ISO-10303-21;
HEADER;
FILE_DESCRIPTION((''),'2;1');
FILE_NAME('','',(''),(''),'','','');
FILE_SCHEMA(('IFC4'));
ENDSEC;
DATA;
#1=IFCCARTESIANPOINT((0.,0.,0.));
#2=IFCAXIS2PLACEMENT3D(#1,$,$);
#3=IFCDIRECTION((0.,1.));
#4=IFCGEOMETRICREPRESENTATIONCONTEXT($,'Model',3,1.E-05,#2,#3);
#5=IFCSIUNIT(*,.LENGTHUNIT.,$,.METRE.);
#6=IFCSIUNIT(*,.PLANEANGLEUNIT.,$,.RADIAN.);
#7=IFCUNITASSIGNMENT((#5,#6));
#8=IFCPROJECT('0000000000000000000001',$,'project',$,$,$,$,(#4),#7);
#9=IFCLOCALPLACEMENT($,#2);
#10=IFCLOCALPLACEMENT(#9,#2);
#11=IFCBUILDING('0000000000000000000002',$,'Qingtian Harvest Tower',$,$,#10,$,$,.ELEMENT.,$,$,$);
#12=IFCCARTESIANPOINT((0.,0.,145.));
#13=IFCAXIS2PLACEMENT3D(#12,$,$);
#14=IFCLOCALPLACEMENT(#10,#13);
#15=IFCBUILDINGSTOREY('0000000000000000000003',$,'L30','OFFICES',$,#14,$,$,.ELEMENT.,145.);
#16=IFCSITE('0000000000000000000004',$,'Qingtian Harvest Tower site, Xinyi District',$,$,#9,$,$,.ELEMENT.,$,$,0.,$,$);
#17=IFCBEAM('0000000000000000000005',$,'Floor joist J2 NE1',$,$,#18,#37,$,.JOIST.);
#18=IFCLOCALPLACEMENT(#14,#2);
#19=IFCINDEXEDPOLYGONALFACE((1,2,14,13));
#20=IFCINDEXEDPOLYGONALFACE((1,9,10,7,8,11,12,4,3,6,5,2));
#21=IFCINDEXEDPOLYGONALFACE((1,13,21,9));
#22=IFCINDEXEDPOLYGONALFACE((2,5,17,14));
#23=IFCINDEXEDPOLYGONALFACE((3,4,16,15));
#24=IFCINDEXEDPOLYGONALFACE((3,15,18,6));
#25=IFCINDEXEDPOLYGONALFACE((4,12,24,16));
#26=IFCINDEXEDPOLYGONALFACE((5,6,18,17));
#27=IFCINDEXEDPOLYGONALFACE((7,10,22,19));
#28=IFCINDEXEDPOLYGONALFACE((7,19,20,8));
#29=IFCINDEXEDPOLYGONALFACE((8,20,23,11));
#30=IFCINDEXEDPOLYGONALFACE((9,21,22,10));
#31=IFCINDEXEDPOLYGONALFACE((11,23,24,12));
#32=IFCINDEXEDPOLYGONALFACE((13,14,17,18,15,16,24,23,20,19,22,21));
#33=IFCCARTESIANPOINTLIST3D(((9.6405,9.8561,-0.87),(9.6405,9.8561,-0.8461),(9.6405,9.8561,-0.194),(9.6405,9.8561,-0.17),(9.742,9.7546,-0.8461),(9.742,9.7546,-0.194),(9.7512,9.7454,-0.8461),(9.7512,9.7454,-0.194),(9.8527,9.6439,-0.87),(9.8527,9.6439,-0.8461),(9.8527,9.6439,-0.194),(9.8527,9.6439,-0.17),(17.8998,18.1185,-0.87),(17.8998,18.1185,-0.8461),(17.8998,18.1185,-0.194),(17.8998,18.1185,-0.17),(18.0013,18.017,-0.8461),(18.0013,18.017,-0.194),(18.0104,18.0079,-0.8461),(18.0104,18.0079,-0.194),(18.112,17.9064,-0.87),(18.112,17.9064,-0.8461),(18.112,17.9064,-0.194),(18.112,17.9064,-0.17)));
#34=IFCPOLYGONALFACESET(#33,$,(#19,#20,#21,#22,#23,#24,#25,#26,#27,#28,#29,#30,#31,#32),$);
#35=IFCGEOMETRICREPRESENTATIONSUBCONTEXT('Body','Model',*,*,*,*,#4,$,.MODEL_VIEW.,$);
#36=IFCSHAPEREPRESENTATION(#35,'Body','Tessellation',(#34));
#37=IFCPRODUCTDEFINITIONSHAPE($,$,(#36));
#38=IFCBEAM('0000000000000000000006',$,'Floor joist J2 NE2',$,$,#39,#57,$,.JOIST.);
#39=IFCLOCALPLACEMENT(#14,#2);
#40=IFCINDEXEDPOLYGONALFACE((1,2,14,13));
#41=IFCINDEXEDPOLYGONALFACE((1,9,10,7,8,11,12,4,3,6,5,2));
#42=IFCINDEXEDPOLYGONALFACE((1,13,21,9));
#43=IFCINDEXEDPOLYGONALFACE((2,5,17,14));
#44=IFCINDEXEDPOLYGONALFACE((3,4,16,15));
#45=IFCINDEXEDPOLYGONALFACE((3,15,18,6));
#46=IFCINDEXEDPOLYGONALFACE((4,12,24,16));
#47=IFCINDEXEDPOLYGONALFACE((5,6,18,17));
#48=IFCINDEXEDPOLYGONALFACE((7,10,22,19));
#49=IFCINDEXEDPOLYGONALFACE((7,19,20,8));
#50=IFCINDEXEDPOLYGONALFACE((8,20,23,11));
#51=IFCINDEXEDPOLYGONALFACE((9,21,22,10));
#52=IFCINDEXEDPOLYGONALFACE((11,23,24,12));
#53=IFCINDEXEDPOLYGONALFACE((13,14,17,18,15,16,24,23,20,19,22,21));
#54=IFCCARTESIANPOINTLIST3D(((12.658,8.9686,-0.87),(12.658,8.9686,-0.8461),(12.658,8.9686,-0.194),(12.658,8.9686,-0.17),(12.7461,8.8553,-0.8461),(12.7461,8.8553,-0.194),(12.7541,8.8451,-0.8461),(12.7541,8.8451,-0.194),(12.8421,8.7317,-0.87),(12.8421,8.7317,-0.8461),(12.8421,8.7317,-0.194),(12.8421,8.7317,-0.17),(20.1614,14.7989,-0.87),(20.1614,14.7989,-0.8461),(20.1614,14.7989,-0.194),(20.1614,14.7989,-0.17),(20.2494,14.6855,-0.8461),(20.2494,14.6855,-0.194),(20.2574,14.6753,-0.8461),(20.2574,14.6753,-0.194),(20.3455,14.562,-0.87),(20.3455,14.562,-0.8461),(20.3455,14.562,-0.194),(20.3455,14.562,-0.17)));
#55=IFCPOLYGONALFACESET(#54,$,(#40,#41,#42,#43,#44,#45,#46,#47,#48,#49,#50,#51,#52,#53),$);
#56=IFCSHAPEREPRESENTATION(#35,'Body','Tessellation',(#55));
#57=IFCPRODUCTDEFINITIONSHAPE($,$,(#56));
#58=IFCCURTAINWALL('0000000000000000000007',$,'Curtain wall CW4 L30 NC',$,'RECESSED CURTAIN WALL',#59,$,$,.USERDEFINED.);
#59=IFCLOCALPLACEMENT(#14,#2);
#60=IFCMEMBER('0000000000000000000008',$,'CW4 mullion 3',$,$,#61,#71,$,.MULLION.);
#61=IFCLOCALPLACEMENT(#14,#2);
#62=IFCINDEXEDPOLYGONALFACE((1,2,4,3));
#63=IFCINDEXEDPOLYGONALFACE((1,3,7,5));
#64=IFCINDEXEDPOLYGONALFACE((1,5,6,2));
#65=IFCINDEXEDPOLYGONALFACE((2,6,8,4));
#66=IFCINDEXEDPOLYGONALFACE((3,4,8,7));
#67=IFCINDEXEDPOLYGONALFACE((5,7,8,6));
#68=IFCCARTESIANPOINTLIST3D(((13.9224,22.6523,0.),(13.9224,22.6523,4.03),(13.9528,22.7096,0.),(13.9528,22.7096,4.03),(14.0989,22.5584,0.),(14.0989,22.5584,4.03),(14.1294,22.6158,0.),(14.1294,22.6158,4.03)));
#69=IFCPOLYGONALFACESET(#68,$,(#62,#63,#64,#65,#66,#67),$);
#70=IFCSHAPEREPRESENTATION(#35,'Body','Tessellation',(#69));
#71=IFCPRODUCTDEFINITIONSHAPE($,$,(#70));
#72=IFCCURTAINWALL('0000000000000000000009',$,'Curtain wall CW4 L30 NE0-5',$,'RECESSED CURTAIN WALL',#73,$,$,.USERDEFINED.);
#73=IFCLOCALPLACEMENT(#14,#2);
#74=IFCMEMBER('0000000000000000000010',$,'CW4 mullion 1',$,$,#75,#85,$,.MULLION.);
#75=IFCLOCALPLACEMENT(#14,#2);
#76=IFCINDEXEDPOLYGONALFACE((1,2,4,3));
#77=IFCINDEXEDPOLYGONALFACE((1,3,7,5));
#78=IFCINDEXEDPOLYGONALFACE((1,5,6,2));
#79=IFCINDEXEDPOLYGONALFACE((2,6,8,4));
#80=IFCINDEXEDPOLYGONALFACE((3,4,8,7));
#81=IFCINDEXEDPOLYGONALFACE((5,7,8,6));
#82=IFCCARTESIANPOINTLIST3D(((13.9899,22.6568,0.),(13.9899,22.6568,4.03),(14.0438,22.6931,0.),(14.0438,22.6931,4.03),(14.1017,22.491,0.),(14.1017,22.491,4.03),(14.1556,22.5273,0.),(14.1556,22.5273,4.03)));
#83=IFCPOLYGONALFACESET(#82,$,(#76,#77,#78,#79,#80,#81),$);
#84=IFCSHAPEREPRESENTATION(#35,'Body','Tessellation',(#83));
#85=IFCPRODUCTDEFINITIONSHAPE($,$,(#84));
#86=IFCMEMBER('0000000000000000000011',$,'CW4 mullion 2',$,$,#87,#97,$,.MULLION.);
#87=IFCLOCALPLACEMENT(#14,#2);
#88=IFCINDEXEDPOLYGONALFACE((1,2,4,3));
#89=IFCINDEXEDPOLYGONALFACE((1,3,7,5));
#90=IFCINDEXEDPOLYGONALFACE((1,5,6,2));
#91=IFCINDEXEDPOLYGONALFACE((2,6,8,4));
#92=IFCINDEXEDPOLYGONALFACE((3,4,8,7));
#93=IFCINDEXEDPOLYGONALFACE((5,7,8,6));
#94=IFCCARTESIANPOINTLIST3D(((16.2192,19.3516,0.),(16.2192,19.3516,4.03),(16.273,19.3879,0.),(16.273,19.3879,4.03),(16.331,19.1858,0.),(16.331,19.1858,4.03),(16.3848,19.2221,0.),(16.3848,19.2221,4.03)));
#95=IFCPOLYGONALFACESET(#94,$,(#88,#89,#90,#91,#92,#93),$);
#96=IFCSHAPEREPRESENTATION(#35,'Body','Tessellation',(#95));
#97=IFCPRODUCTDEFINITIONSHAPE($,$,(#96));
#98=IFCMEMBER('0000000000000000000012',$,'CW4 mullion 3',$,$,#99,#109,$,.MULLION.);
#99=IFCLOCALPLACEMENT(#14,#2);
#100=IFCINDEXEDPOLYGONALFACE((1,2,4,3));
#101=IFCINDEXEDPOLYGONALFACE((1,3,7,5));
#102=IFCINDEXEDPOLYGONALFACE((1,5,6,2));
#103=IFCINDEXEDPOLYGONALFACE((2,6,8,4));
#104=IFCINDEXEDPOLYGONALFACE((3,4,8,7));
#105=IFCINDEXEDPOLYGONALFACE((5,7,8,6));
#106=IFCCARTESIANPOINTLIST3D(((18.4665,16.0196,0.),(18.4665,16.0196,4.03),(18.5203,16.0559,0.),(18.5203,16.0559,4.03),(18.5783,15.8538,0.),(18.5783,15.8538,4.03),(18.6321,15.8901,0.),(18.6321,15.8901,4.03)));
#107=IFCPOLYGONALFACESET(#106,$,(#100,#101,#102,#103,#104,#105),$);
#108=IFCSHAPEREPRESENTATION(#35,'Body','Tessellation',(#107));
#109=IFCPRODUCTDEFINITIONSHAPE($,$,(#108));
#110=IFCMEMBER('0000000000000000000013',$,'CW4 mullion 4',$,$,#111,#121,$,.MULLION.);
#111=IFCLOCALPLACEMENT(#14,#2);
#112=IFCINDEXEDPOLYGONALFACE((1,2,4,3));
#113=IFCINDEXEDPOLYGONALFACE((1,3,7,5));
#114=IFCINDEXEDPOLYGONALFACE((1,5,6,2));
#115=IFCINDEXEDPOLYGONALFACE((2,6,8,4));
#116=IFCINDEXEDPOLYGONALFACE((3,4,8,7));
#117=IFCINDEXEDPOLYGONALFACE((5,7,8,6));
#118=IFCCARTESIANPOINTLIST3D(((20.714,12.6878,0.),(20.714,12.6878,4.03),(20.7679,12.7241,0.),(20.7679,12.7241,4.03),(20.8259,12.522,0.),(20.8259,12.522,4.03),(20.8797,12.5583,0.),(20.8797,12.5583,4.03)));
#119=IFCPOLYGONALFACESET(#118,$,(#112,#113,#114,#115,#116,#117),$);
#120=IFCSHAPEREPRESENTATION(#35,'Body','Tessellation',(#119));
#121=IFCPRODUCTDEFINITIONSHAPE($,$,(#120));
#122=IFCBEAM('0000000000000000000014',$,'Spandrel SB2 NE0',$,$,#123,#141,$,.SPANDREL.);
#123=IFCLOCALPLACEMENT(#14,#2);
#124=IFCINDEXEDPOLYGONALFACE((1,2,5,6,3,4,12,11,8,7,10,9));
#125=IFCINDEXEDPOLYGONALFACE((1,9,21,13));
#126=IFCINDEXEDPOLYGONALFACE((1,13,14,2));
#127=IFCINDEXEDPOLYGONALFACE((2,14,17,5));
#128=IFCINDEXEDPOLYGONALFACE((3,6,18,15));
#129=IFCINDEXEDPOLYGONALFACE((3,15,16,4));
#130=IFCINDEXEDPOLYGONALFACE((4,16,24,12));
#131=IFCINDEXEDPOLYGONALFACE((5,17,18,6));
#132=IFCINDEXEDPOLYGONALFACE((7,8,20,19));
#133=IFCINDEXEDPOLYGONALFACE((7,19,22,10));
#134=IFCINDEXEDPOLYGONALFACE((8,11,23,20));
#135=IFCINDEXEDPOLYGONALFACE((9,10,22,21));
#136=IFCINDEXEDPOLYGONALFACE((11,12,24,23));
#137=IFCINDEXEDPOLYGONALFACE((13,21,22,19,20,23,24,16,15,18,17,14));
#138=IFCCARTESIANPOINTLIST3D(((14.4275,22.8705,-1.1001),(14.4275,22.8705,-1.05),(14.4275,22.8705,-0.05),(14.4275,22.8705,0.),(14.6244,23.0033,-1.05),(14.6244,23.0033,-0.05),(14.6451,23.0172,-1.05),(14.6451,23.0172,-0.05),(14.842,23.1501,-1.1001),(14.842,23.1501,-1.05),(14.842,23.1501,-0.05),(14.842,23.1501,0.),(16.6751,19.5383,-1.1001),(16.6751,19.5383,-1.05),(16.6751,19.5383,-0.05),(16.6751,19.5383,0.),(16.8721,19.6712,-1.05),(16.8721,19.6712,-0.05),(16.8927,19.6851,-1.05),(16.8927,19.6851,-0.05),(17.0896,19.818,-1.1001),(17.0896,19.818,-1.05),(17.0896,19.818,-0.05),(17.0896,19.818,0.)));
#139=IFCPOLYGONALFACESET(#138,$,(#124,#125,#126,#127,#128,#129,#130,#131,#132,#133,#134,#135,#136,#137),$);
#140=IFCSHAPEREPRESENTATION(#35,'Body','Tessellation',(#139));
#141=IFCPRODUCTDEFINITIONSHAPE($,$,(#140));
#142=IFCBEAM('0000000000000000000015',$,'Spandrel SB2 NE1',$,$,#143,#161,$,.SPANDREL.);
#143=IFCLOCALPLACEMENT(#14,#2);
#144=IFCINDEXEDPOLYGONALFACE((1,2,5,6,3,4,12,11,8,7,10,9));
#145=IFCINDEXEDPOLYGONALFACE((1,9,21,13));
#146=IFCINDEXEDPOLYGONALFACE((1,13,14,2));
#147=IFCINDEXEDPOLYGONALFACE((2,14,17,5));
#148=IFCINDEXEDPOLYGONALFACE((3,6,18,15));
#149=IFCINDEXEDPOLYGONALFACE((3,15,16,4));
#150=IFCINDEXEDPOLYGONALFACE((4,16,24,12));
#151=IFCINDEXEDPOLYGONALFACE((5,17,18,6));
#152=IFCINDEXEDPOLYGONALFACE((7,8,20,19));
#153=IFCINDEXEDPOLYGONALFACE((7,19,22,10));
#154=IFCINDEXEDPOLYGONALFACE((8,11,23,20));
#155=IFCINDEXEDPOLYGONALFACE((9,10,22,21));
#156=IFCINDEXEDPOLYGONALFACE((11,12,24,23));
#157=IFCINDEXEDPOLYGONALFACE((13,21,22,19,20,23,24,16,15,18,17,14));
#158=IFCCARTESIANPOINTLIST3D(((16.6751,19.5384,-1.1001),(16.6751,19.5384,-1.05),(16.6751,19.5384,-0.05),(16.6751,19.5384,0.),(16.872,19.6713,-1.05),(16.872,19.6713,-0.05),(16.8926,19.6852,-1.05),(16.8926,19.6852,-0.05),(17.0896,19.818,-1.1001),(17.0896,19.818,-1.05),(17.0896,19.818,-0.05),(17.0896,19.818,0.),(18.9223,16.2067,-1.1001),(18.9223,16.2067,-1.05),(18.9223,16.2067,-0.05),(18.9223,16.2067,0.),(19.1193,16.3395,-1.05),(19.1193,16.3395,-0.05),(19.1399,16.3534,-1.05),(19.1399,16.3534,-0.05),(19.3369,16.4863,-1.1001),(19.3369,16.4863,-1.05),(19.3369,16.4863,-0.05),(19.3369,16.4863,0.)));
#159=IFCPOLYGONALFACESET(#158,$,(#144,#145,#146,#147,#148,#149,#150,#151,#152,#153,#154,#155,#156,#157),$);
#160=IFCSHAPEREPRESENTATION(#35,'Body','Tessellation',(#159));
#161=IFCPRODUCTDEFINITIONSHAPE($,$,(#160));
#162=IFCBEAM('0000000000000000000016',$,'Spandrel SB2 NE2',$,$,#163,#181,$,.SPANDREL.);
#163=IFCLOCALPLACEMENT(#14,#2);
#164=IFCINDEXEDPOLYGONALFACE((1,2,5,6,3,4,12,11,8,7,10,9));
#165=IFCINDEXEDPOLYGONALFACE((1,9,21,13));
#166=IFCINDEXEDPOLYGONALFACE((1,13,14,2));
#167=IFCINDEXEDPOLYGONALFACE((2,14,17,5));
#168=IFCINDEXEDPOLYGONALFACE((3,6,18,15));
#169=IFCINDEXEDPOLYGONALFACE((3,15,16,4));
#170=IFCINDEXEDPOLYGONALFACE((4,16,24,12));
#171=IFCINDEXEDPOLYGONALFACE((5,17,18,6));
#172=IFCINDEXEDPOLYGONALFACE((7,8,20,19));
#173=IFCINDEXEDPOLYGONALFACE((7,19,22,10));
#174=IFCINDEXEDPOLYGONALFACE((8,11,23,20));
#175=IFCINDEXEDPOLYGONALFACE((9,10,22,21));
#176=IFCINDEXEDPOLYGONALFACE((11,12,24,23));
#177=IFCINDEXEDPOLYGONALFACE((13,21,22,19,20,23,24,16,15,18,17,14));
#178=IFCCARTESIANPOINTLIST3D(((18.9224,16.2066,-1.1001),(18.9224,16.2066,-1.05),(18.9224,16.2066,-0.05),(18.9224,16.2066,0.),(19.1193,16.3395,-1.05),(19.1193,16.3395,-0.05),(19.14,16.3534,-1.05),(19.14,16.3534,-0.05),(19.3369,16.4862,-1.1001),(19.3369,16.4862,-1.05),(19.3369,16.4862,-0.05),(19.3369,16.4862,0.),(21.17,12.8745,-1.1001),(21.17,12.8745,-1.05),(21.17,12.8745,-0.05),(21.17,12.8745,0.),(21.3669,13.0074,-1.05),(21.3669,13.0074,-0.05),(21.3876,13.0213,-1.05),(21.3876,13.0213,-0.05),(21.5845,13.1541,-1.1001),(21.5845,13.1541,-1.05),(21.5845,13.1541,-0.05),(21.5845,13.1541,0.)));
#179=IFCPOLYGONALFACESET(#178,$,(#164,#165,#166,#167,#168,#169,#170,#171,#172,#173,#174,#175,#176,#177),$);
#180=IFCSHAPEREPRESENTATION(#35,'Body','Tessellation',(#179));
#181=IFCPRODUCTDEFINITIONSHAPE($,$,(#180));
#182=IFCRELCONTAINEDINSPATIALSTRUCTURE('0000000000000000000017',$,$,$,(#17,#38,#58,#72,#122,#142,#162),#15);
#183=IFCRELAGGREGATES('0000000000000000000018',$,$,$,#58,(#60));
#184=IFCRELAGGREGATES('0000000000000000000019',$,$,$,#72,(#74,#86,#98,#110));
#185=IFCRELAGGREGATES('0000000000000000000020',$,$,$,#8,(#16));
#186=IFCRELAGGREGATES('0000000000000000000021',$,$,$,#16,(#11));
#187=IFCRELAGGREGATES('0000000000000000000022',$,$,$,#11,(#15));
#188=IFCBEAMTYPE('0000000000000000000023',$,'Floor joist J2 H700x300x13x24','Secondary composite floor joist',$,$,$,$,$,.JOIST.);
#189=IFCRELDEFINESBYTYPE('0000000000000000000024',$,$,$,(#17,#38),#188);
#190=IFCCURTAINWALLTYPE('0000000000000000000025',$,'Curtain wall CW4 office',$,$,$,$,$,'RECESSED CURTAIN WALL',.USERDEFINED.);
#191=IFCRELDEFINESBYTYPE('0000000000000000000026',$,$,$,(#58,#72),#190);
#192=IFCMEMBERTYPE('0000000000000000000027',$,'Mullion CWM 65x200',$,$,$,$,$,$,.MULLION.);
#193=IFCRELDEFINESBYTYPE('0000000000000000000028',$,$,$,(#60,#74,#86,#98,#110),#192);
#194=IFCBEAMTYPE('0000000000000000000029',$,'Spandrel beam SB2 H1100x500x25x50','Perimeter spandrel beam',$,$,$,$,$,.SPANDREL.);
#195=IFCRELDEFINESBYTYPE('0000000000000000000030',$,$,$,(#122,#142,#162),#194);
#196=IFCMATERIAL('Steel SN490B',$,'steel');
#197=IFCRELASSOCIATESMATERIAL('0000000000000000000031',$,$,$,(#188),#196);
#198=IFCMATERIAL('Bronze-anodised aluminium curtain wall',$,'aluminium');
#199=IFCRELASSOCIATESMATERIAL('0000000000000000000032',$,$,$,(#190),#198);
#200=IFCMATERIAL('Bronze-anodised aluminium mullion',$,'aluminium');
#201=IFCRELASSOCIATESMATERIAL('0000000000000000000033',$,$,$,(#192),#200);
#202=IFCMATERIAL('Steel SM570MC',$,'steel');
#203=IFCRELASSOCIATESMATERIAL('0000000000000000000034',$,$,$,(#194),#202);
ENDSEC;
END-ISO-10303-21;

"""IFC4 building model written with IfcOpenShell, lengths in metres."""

from ifc_helpers import new_model, si_unit, direction, frame, origin, origin_2d, place, context, subcontext, project, spatial, rectangle, i_section, extrude, material, material_profile, profile_set, type_object, element, aggregate, save


model = new_model("IFC4")

# Units and contexts
model_context = context("Model", 3, precision=1e-05, world=origin(), true_north=direction((0.0, 1.0)))
body_context = subcontext(model_context, "Body", "Model", "MODEL_VIEW")
ifc_project = project(units=[si_unit("LENGTHUNIT", "METRE"), si_unit("PLANEANGLEUNIT", "RADIAN")], contexts=[model_context])

# Site, building, storey
site_placement = place(None, origin())
site = spatial("IfcSite", under=ifc_project, at=site_placement, Name="Qingtian Harvest Tower site, Xinyi District", CompositionType="ELEMENT", RefElevation=0.0)
building_placement = place(site_placement, origin())
building = spatial("IfcBuilding", under=site, at=building_placement, Name="Qingtian Harvest Tower", CompositionType="ELEMENT")
storey_placement = place(building_placement, frame((0.0, 0.0, 145.0)))
storey = spatial("IfcBuildingStorey", under=building, at=storey_placement, Name="L30", Description="OFFICES", CompositionType="ELEMENT", Elevation=145.0)

# Beams
ifc_material_1 = material(Name="Steel SN490B", Category="steel")
ifc_material_profile_1 = material_profile(ifc_material_1, i_section(OverallWidth=0.3, OverallDepth=0.7, WebThickness=0.0129, FlangeThickness=0.0239, at=origin_2d()), Name="H700x300x13x24")
ifc_profile_set_1 = profile_set([ifc_material_profile_1], Name="Steel SN490B")
beam_type_1 = type_object("IfcBeamType", Name="Floor joist J2 H700x300x13x24", Description="Secondary composite floor joist", PredefinedType="JOIST", material=ifc_profile_set_1)
beam_1_placement = place(storey_placement, frame((18.0059, 18.0125, -0.52), z_axis=(-0.706971, -0.707243, 0.0), x_axis=(0.707243, -0.706971, 0.0)))
element("IfcBeam", 1, at=beam_1_placement, inside=storey, type_object=beam_type_1, Name="Floor joist J2 NE1", PredefinedType="JOIST", context=body_context, shape_type="SweptSolid", body=[
    extrude(i_section(OverallWidth=0.3, OverallDepth=0.7, WebThickness=0.0129, FlangeThickness=0.0239, at=origin_2d()), origin(), (0.0, 0.0, 1.0), 11.6826),
])
beam_2_placement = place(storey_placement, frame((20.2534, 14.6804, -0.52), z_axis=(-0.789641, -0.613569, 0.0), x_axis=(0.613569, -0.789641, 0.0)))
element("IfcBeam", 2, at=beam_2_placement, inside=storey, type_object=beam_type_1, Name="Floor joist J2 NE2", PredefinedType="JOIST", context=body_context, shape_type="SweptSolid", body=[
    extrude(i_section(OverallWidth=0.3, OverallDepth=0.7, WebThickness=0.0129, FlangeThickness=0.0239, at=origin_2d()), origin(), (0.0, 0.0, 1.0), 9.5022),
])

# Curtain wall, member
ifc_material_2 = material(Name="Bronze-anodised aluminium curtain wall", Category="aluminium")
curtain_wall_type = type_object("IfcCurtainWallType", Name="Curtain wall CW4 office", ElementType="RECESSED CURTAIN WALL", PredefinedType="USERDEFINED", material=ifc_material_2)
curtain_wall_1_placement = place(storey_placement, origin())
curtain_wall_1 = element("IfcCurtainWall", 3, at=curtain_wall_1_placement, inside=storey, type_object=curtain_wall_type, Name="Curtain wall CW4 L30 NC", ObjectType="RECESSED CURTAIN WALL", PredefinedType="USERDEFINED")
ifc_material_3 = material(Name="Bronze-anodised aluminium mullion", Category="aluminium")
ifc_material_profile_2 = material_profile(ifc_material_3, rectangle(XDim=0.0649, YDim=0.2, at=origin_2d()), Name="AL 65x200")
ifc_profile_set_2 = profile_set([ifc_material_profile_2], Name="Bronze-anodised aluminium mullion")
member_type_1 = type_object("IfcMemberType", Name="Mullion CWM 65x200", PredefinedType="MULLION", material=ifc_profile_set_2)
member_1_placement = place(storey_placement, frame((14.0259, 22.634, 0.0), z_axis=(0.0, 0.0, 1.0), x_axis=(0.469472, 0.882948, 0.0)))
member_1 = element("IfcMember", 4, at=member_1_placement, type_object=member_type_1, Name="CW4 mullion 3", PredefinedType="MULLION", context=body_context, shape_type="SweptSolid", body=[
    extrude(rectangle(XDim=0.0649, YDim=0.2, at=origin_2d()), origin(), (0.0, 0.0, 1.0), 4.03),
])

# Curtain wall, members
curtain_wall_2_placement = place(storey_placement, origin())
curtain_wall_2 = element("IfcCurtainWall", 5, at=curtain_wall_2_placement, inside=storey, type_object=curtain_wall_type, Name="Curtain wall CW4 L30 NE0-5", ObjectType="RECESSED CURTAIN WALL", PredefinedType="USERDEFINED")
member_2_placement = place(storey_placement, frame((14.0728, 22.592, 0.0), z_axis=(0.0, 0.0, 1.0), x_axis=(0.829038, 0.559193, 0.0)))
member_2 = element("IfcMember", 6, at=member_2_placement, type_object=member_type_1, Name="CW4 mullion 1", PredefinedType="MULLION", context=body_context, shape_type="SweptSolid", body=[
    extrude(rectangle(XDim=0.0649, YDim=0.2, at=origin_2d()), origin(), (0.0, 0.0, 1.0), 4.03),
])
member_3_placement = place(storey_placement, frame((16.302, 19.2869, 0.0), z_axis=(0.0, 0.0, 1.0), x_axis=(0.829038, 0.559193, 0.0)))
member_3 = element("IfcMember", 7, at=member_3_placement, type_object=member_type_1, Name="CW4 mullion 2", PredefinedType="MULLION", context=body_context, shape_type="SweptSolid", body=[
    extrude(rectangle(XDim=0.0649, YDim=0.2, at=origin_2d()), origin(), (0.0, 0.0, 1.0), 4.03),
])
member_4_placement = place(storey_placement, frame((18.5493, 15.9548, 0.0), z_axis=(0.0, 0.0, 1.0), x_axis=(0.829038, 0.559193, 0.0)))
member_4 = element("IfcMember", 8, at=member_4_placement, type_object=member_type_1, Name="CW4 mullion 3", PredefinedType="MULLION", context=body_context, shape_type="SweptSolid", body=[
    extrude(rectangle(XDim=0.0649, YDim=0.2, at=origin_2d()), origin(), (0.0, 0.0, 1.0), 4.03),
])
member_5_placement = place(storey_placement, frame((20.7969, 12.623, 0.0), z_axis=(0.0, 0.0, 1.0), x_axis=(0.829038, 0.559193, 0.0)))
member_5 = element("IfcMember", 9, at=member_5_placement, type_object=member_type_1, Name="CW4 mullion 4", PredefinedType="MULLION", context=body_context, shape_type="SweptSolid", body=[
    extrude(rectangle(XDim=0.0649, YDim=0.2, at=origin_2d()), origin(), (0.0, 0.0, 1.0), 4.03),
])

# Beams
ifc_material_4 = material(Name="Steel SM570MC", Category="steel")
ifc_material_profile_3 = material_profile(ifc_material_4, i_section(OverallWidth=0.5, OverallDepth=1.1001, WebThickness=0.0249, FlangeThickness=0.05, at=origin_2d()), Name="H1100x500x25x50")
ifc_profile_set_3 = profile_set([ifc_material_profile_3], Name="Steel SM570MC")
beam_type_2 = type_object("IfcBeamType", Name="Spandrel beam SB2 H1100x500x25x50", Description="Perimeter spandrel beam", PredefinedType="SPANDREL", material=ifc_profile_set_3)
beam_3_placement = place(storey_placement, frame((14.6348, 23.0103, -0.55), z_axis=(0.559206, -0.829029, 0.0), x_axis=(0.829029, 0.559206, 0.0)))
element("IfcBeam", 10, at=beam_3_placement, inside=storey, type_object=beam_type_2, Name="Spandrel SB2 NE0", PredefinedType="SPANDREL", context=body_context, shape_type="SweptSolid", body=[
    extrude(i_section(OverallWidth=0.5, OverallDepth=1.1001, WebThickness=0.0249, FlangeThickness=0.05, at=origin_2d()), origin(), (0.0, 0.0, 1.0), 4.0193),
])
beam_4_placement = place(storey_placement, frame((16.8823, 19.6782, -0.55), z_axis=(0.559192, -0.829038, 0.0), x_axis=(0.829038, 0.559192, 0.0)))
element("IfcBeam", 11, at=beam_4_placement, inside=storey, type_object=beam_type_2, Name="Spandrel SB2 NE1", PredefinedType="SPANDREL", context=body_context, shape_type="SweptSolid", body=[
    extrude(i_section(OverallWidth=0.5, OverallDepth=1.1001, WebThickness=0.0249, FlangeThickness=0.05, at=origin_2d()), origin(), (0.0, 0.0, 1.0), 4.0188),
])
beam_5_placement = place(storey_placement, frame((19.1296, 16.3464, -0.55), z_axis=(0.559206, -0.829029, 0.0), x_axis=(0.829029, 0.559206, 0.0)))
element("IfcBeam", 12, at=beam_5_placement, inside=storey, type_object=beam_type_2, Name="Spandrel SB2 NE2", PredefinedType="SPANDREL", context=body_context, shape_type="SweptSolid", body=[
    extrude(i_section(OverallWidth=0.5, OverallDepth=1.1001, WebThickness=0.0249, FlangeThickness=0.05, at=origin_2d()), origin(), (0.0, 0.0, 1.0), 4.0193),
])

aggregate(curtain_wall_1, [member_1])
aggregate(curtain_wall_2, [member_2, member_3, member_4, member_5])

save(model, "model.ifc")
